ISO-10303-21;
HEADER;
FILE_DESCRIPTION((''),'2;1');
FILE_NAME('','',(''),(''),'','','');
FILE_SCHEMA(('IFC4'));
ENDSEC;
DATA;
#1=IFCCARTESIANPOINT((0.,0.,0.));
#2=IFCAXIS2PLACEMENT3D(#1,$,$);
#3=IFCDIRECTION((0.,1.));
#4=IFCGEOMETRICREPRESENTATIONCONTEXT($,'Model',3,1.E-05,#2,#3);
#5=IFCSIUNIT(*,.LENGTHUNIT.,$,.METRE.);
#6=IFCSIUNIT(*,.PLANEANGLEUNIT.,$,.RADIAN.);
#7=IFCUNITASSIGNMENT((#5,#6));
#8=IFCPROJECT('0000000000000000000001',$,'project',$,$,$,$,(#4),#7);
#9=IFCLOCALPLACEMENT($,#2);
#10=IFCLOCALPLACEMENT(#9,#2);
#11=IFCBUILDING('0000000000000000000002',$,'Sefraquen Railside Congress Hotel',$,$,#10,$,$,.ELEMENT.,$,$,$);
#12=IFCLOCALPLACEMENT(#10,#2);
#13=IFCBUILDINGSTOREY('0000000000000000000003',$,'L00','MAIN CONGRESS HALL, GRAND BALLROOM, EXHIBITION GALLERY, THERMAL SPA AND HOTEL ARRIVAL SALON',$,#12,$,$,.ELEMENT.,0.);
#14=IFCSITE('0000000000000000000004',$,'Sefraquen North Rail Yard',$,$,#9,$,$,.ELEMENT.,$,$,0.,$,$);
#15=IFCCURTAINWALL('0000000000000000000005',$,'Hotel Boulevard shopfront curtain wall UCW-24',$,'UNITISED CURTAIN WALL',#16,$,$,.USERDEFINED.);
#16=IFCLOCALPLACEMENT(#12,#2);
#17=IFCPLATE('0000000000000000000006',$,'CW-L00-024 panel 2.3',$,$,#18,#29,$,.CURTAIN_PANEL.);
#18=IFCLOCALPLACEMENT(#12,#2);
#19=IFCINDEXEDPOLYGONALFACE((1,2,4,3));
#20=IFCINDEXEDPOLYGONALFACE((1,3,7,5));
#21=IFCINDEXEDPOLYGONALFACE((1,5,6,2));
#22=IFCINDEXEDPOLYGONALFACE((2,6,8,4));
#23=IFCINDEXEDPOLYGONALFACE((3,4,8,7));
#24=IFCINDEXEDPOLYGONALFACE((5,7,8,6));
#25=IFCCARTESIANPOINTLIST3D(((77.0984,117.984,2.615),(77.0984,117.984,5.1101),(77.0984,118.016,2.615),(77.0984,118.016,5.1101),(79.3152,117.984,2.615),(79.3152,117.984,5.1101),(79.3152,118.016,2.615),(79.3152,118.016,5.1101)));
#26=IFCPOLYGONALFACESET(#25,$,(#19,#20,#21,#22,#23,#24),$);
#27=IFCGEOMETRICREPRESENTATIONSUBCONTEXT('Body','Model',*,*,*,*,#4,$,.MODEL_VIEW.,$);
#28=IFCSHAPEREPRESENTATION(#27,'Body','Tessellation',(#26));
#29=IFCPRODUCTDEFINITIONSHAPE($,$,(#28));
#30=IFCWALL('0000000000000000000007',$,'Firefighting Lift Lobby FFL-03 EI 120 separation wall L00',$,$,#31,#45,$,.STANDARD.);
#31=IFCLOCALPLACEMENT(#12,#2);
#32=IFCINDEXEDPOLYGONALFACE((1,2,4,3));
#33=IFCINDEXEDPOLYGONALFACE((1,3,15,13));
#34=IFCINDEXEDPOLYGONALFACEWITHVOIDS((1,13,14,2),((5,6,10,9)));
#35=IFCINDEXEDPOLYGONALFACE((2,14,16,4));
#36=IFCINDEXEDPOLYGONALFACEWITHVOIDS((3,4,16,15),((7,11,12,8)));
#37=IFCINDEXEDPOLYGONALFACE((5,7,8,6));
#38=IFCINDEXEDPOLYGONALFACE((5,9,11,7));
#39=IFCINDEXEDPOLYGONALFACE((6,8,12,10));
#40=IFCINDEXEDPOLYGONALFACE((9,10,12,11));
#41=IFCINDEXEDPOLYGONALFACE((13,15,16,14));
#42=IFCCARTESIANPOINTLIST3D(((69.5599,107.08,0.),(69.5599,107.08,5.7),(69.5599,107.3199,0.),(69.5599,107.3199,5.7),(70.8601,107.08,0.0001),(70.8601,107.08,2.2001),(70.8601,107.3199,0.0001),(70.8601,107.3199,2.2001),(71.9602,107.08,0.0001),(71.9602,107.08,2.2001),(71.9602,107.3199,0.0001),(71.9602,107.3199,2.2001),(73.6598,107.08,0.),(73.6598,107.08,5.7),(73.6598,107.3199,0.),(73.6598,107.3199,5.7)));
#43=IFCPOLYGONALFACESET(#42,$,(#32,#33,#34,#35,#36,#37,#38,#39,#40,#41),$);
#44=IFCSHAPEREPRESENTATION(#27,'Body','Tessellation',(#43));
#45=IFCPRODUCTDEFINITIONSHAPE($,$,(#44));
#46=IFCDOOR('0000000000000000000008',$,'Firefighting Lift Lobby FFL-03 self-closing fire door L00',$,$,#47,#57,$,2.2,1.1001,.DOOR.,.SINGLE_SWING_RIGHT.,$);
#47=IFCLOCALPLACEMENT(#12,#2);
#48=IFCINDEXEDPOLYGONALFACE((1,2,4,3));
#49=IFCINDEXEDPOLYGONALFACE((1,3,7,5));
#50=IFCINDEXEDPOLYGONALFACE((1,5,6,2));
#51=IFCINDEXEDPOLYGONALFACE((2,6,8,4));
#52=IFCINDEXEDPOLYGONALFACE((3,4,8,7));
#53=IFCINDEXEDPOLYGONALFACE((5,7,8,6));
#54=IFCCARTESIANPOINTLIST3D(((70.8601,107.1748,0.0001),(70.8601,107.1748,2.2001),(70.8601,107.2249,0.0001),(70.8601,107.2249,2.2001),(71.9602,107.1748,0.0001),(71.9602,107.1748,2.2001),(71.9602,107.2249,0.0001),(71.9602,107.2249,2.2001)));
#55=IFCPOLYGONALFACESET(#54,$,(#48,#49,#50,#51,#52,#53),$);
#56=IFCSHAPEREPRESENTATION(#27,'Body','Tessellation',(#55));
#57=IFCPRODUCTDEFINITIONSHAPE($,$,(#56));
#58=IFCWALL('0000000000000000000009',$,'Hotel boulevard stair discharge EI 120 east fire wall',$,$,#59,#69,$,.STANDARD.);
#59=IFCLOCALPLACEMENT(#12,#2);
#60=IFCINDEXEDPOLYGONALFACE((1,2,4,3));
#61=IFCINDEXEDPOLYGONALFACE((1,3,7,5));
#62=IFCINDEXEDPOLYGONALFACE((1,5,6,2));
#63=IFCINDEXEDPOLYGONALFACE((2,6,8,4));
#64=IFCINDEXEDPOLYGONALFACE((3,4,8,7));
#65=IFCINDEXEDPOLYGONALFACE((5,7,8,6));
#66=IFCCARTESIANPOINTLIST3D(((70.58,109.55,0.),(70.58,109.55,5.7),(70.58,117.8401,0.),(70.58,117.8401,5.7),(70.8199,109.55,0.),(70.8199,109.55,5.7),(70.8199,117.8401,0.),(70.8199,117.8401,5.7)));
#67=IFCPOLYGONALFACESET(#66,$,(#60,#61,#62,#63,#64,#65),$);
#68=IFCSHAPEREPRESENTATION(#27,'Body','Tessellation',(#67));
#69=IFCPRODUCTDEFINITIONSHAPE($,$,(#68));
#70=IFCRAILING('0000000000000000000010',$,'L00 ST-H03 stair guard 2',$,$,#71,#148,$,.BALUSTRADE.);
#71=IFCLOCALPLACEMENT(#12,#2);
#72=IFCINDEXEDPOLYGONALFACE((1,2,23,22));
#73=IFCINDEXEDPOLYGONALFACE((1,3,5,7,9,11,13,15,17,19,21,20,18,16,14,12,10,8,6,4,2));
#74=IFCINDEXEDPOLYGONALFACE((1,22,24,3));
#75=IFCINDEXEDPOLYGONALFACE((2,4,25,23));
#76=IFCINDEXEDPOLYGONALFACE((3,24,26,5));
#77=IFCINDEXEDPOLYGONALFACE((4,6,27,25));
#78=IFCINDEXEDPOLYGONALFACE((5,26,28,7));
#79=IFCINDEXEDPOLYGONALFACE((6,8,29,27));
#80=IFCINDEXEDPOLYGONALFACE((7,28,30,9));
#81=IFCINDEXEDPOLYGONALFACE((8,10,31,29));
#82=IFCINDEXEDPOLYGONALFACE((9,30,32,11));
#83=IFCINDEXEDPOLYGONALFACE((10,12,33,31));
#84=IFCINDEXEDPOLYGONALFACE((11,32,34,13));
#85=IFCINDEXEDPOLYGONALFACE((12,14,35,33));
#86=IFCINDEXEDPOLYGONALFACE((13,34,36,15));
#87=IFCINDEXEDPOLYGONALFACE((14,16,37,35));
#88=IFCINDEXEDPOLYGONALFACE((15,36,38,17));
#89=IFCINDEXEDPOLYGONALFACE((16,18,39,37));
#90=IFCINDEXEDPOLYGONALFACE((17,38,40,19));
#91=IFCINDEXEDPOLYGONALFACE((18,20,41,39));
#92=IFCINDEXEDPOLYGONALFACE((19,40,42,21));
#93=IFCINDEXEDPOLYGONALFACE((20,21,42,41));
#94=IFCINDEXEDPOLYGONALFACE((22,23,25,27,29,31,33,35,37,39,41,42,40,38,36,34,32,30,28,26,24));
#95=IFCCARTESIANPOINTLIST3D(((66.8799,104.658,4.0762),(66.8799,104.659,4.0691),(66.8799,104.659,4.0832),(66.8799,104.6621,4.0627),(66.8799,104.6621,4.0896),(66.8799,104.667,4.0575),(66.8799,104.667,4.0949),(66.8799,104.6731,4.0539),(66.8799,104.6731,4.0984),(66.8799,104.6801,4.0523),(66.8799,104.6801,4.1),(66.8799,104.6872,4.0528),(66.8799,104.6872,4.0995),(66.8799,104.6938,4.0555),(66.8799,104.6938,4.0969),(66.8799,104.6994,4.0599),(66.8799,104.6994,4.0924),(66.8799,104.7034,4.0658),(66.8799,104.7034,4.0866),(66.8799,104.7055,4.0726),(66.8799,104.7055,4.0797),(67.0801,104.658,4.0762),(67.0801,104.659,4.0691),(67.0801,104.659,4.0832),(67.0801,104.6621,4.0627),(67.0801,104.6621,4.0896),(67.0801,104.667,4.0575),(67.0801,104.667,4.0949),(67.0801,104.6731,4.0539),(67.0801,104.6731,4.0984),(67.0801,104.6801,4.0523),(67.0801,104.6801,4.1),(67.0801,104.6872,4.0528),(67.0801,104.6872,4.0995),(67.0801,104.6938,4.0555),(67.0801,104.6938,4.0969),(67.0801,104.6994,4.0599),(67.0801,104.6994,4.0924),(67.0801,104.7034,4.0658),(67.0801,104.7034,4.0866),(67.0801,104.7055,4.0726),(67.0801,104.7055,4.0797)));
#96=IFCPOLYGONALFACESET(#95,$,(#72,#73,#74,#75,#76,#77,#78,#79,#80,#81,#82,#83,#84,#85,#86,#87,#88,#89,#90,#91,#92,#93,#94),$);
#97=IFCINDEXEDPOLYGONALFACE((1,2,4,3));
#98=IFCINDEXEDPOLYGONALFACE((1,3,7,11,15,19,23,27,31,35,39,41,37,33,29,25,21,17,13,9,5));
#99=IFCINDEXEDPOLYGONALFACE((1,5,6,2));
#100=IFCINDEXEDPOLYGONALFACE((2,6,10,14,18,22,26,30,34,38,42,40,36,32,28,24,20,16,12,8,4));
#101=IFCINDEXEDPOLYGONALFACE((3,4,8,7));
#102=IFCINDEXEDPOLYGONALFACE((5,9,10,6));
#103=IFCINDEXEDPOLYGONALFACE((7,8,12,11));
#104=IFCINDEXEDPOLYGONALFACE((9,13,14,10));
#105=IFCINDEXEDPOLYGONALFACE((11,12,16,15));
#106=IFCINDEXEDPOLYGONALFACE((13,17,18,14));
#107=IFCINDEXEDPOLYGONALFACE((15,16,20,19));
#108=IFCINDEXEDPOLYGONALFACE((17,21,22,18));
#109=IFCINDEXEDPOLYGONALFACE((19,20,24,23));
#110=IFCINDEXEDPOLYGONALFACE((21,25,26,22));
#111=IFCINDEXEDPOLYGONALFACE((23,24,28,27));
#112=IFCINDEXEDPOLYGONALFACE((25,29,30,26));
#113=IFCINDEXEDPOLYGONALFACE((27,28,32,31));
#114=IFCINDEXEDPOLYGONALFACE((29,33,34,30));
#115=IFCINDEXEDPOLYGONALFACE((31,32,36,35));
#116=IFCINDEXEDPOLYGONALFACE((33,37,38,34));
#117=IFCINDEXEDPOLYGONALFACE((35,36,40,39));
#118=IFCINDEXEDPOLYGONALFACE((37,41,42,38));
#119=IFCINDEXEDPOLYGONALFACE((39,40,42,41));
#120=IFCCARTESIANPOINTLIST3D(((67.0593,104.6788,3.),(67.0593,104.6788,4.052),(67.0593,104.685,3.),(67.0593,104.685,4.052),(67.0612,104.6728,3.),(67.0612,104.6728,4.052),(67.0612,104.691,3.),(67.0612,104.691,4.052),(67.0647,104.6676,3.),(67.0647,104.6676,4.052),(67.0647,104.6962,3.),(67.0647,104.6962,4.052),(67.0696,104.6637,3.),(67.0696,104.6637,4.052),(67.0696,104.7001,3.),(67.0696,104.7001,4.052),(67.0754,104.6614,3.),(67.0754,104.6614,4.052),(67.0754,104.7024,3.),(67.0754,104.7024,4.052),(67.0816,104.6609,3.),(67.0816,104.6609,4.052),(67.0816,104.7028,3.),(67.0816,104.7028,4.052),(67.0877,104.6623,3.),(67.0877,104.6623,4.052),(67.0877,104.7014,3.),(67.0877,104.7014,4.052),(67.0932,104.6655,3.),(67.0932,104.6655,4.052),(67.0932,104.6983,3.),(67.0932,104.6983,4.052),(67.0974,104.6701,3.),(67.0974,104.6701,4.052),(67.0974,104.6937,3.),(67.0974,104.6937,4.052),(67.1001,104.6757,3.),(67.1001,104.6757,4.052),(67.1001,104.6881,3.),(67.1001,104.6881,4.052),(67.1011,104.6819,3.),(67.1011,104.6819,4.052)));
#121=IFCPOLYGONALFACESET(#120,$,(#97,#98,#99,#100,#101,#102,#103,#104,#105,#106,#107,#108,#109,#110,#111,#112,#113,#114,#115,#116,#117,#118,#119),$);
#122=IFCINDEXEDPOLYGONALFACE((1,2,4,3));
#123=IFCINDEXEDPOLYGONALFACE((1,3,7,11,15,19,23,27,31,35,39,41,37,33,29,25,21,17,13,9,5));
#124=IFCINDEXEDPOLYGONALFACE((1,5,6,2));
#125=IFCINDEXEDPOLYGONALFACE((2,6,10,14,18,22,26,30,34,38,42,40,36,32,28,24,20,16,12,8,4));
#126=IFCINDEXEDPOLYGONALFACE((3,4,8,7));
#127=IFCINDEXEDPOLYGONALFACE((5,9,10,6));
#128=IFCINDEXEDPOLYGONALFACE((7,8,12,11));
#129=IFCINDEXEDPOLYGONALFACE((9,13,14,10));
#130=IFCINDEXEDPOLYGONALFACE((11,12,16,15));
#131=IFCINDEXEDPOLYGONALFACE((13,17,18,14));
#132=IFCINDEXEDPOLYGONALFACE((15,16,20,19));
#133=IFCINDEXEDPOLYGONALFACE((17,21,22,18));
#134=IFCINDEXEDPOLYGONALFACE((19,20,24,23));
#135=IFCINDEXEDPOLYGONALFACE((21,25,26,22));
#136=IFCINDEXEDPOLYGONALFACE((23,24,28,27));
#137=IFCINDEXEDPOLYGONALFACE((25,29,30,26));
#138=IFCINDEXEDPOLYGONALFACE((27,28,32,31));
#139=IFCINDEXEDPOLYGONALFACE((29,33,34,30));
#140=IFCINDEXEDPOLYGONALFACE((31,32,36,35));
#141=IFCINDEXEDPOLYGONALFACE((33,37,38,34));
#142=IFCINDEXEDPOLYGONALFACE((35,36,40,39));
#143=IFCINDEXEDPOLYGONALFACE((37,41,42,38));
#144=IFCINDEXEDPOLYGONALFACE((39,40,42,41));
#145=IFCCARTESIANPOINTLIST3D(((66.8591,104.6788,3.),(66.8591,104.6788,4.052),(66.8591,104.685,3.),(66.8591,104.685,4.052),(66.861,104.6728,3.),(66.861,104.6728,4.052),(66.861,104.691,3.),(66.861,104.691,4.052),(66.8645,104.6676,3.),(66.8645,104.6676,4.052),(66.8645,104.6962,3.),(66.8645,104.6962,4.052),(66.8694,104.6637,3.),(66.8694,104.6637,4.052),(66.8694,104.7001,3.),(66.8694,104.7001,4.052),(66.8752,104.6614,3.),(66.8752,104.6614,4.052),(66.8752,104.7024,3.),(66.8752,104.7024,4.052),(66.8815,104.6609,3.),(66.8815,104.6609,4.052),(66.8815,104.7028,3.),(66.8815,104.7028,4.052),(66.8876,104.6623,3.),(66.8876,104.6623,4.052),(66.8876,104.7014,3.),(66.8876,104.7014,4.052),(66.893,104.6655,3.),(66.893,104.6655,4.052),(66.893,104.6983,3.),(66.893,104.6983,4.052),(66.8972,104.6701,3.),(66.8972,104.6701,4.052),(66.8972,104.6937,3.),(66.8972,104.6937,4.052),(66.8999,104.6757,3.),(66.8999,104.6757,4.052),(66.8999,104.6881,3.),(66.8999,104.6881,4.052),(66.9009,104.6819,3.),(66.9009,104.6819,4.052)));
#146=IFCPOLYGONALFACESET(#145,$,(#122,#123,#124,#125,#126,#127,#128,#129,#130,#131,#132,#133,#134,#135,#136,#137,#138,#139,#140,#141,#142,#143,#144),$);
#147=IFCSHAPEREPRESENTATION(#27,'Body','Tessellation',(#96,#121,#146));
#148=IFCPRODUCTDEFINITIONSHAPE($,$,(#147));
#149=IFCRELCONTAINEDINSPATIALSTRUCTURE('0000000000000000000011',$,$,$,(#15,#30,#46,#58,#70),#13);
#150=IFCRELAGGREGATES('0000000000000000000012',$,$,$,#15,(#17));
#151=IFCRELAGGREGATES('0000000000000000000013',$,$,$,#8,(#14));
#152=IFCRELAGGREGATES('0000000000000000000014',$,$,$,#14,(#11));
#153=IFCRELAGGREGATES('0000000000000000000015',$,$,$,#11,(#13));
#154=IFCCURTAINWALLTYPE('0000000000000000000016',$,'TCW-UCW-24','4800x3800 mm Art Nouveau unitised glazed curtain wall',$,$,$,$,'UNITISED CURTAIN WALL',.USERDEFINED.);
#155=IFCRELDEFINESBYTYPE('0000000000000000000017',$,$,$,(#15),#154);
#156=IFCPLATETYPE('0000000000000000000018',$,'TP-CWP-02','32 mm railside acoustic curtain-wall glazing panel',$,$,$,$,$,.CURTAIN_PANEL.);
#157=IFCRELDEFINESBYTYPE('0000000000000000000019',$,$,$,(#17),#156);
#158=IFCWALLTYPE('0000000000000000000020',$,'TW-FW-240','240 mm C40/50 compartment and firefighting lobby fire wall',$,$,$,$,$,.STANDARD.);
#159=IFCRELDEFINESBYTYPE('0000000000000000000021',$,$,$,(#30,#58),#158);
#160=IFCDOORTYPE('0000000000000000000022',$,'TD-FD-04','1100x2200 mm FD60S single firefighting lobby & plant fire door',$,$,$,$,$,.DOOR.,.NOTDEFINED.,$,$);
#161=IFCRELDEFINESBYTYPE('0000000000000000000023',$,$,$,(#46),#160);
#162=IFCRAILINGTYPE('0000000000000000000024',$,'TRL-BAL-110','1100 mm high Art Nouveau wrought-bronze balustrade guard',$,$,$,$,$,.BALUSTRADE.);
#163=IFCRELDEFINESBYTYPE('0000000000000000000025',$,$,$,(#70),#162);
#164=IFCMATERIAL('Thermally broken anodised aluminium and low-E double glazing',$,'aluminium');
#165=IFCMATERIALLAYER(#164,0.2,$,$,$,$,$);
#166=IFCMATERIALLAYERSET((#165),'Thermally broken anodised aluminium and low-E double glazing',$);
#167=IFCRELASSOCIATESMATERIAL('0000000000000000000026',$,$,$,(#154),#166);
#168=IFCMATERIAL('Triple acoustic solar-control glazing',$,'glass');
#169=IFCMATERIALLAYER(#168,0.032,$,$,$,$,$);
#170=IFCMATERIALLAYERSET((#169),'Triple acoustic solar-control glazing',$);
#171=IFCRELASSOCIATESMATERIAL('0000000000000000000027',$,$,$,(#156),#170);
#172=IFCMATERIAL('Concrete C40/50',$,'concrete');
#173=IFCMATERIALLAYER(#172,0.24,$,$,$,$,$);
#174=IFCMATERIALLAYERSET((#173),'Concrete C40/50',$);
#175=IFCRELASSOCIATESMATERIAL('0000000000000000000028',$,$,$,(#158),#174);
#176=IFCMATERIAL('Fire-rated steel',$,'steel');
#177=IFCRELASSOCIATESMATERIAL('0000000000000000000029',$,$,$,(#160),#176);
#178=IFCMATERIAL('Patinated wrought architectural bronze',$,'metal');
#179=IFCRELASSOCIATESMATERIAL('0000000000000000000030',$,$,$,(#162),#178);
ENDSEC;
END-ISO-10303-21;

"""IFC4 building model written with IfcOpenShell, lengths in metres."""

from ifc_helpers import new_model, si_unit, direction, frame, frame_2d, origin, origin_2d, place, context, subcontext, project, spatial, rectangle, circle, extrude, material, layer, layer_set, type_object, element, fill, aggregate, save


model = new_model("IFC4")

# Units and contexts
model_context = context("Model", 3, precision=1e-05, world=origin(), true_north=direction((0.0, 1.0)))
body_context = subcontext(model_context, "Body", "Model", "MODEL_VIEW")
ifc_project = project(units=[si_unit("LENGTHUNIT", "METRE"), si_unit("PLANEANGLEUNIT", "RADIAN")], contexts=[model_context])

# Site, building, storey
site_placement = place(None, origin())
site = spatial("IfcSite", under=ifc_project, at=site_placement, Name="Sefraquen North Rail Yard", CompositionType="ELEMENT", RefElevation=0.0)
building_placement = place(site_placement, origin())
building = spatial("IfcBuilding", under=site, at=building_placement, Name="Sefraquen Railside Congress Hotel", CompositionType="ELEMENT")
storey_placement = place(building_placement, origin())
storey = spatial("IfcBuildingStorey", under=building, at=storey_placement, Name="L00", Description="MAIN CONGRESS HALL, GRAND BALLROOM, EXHIBITION GALLERY, THERMAL SPA AND HOTEL ARRIVAL SALON", CompositionType="ELEMENT", Elevation=0.0)

# Curtain wall, plate
ifc_material_1 = material(Name="Thermally broken anodised aluminium and low-E double glazing", Category="aluminium")
ifc_layer_1 = layer(ifc_material_1, 0.2)
ifc_layer_set_1 = layer_set([ifc_layer_1], Name="Thermally broken anodised aluminium and low-E double glazing")
curtain_wall_type = type_object("IfcCurtainWallType", Name="TCW-UCW-24", Description="4800x3800 mm Art Nouveau unitised glazed curtain wall", ElementType="UNITISED CURTAIN WALL", PredefinedType="USERDEFINED", material=ifc_layer_set_1)
curtain_wall_placement = place(storey_placement, origin())
curtain_wall = element("IfcCurtainWall", 1, at=curtain_wall_placement, inside=storey, type_object=curtain_wall_type, Name="Hotel Boulevard shopfront curtain wall UCW-24", ObjectType="UNITISED CURTAIN WALL", PredefinedType="USERDEFINED")
ifc_material_2 = material(Name="Triple acoustic solar-control glazing", Category="glass")
ifc_layer_2 = layer(ifc_material_2, 0.032)
ifc_layer_set_2 = layer_set([ifc_layer_2], Name="Triple acoustic solar-control glazing")
plate_type_1 = type_object("IfcPlateType", Name="TP-CWP-02", Description="32 mm railside acoustic curtain-wall glazing panel", PredefinedType="CURTAIN_PANEL", material=ifc_layer_set_2)
plate_1_placement = place(storey_placement, frame((78.2068, 118.0, 2.615), z_axis=(0.0, 0.0, 1.0), x_axis=(1.0, 0.0, 0.0)))
plate_1 = element("IfcPlate", 2, at=plate_1_placement, type_object=plate_type_1, Name="CW-L00-024 panel 2.3", PredefinedType="CURTAIN_PANEL", context=body_context, shape_type="SweptSolid", body=[
    extrude(rectangle(XDim=2.2168, YDim=0.032, at=origin_2d()), origin(), (0.0, 0.0, 1.0), 2.4951),
])
aggregate(curtain_wall, [plate_1])

# Wall, opening, door
ifc_material_3 = material(Name="Concrete C40/50", Category="concrete")
ifc_layer_3 = layer(ifc_material_3, 0.24)
ifc_layer_set_3 = layer_set([ifc_layer_3], Name="Concrete C40/50")
wall_type = type_object("IfcWallType", Name="TW-FW-240", Description="240 mm C40/50 compartment and firefighting lobby fire wall", PredefinedType="STANDARD", material=ifc_layer_set_3)
wall_1_placement = place(storey_placement, frame((69.5601, 107.2, 0.0), z_axis=(0.0, 0.0, 1.0), x_axis=(1.0, 0.0, 0.0)))
wall_1 = element("IfcWall", 3, at=wall_1_placement, inside=storey, type_object=wall_type, Name="Firefighting Lift Lobby FFL-03 EI 120 separation wall L00", PredefinedType="STANDARD", context=body_context, shape_type="SweptSolid", body=[
    extrude(rectangle(XDim=4.0999, YDim=0.24, at=frame_2d((2.0498, 0.0))), origin(), (0.0, 0.0, 1.0), 5.7),
])
opening_placement = place(wall_1_placement, frame((1.3, 0.0, 0.0)))
opening = element("IfcOpeningElement", 4, at=opening_placement, cuts=wall_1, PredefinedType="OPENING", context=body_context, shape_type="SweptSolid", body=[
    extrude(rectangle(XDim=1.1001, YDim=2.2, at=frame_2d((0.55, 1.1001))), frame((0.0, 0.1299, 0.0), z_axis=(0.0, -1.0, 0.0), x_axis=(1.0, 0.0, 0.0)), (0.0, 0.0, 1.0), 0.26),
])
ifc_material_4 = material(Name="Fire-rated steel", Category="steel")
door_type = type_object("IfcDoorType", Name="TD-FD-04", Description="1100x2200 mm FD60S single firefighting lobby & plant fire door", OperationType="NOTDEFINED", PredefinedType="DOOR", material=ifc_material_4)
door_placement = place(opening_placement, origin())
door = element("IfcDoor", 5, at=door_placement, inside=storey, type_object=door_type, Name="Firefighting Lift Lobby FFL-03 self-closing fire door L00", OperationType="SINGLE_SWING_RIGHT", OverallHeight=2.2, OverallWidth=1.1001, PredefinedType="DOOR", context=body_context, shape_type="SweptSolid", body=[
    extrude(rectangle(XDim=1.1001, YDim=2.2, at=frame_2d((0.55, 1.1001))), frame((0.0, 0.0249, 0.0), z_axis=(0.0, -1.0, 0.0), x_axis=(1.0, 0.0, 0.0)), (0.0, 0.0, 1.0), 0.05),
])
fill(opening, door)

# Wall
wall_2_placement = place(storey_placement, frame((70.7, 109.55, 0.0), z_axis=(0.0, 0.0, 1.0), x_axis=(0.0, 1.0, 0.0)))
element("IfcWall", 6, at=wall_2_placement, inside=storey, type_object=wall_type, Name="Hotel boulevard stair discharge EI 120 east fire wall", PredefinedType="STANDARD", context=body_context, shape_type="SweptSolid", body=[
    extrude(rectangle(XDim=8.29, YDim=0.24, at=frame_2d((4.145, 0.0))), origin(), (0.0, 0.0, 1.0), 5.7),
])

# Railing
ifc_material_5 = material(Name="Patinated wrought architectural bronze", Category="metal")
railing_type = type_object("IfcRailingType", Name="TRL-BAL-110", Description="1100 mm high Art Nouveau wrought-bronze balustrade guard", PredefinedType="BALUSTRADE", material=ifc_material_5)
railing_placement = place(storey_placement, frame((67.0801, 104.6819, 3.0)))
element("IfcRailing", 7, at=railing_placement, inside=storey, type_object=railing_type, Name="L00 ST-H03 stair guard 2", PredefinedType="BALUSTRADE", context=body_context, shape_type="SweptSolid", body=[
    extrude(circle(Radius=0.0239, at=origin_2d()), frame((0.0, 0.0, 1.0762), z_axis=(-1.0, 0.0, 0.0), x_axis=(0.0, -1.0, 0.0)), (0.0, 0.0, 1.0), 0.2002),
    extrude(circle(Radius=0.021, at=origin_2d()), origin(), (0.0, 0.0, 1.0), 1.052),
    extrude(circle(Radius=0.021, at=origin_2d()), frame((-0.2002, 0.0, 0.0)), (0.0, 0.0, 1.0), 1.052),
])

save(model, "model.ifc")
